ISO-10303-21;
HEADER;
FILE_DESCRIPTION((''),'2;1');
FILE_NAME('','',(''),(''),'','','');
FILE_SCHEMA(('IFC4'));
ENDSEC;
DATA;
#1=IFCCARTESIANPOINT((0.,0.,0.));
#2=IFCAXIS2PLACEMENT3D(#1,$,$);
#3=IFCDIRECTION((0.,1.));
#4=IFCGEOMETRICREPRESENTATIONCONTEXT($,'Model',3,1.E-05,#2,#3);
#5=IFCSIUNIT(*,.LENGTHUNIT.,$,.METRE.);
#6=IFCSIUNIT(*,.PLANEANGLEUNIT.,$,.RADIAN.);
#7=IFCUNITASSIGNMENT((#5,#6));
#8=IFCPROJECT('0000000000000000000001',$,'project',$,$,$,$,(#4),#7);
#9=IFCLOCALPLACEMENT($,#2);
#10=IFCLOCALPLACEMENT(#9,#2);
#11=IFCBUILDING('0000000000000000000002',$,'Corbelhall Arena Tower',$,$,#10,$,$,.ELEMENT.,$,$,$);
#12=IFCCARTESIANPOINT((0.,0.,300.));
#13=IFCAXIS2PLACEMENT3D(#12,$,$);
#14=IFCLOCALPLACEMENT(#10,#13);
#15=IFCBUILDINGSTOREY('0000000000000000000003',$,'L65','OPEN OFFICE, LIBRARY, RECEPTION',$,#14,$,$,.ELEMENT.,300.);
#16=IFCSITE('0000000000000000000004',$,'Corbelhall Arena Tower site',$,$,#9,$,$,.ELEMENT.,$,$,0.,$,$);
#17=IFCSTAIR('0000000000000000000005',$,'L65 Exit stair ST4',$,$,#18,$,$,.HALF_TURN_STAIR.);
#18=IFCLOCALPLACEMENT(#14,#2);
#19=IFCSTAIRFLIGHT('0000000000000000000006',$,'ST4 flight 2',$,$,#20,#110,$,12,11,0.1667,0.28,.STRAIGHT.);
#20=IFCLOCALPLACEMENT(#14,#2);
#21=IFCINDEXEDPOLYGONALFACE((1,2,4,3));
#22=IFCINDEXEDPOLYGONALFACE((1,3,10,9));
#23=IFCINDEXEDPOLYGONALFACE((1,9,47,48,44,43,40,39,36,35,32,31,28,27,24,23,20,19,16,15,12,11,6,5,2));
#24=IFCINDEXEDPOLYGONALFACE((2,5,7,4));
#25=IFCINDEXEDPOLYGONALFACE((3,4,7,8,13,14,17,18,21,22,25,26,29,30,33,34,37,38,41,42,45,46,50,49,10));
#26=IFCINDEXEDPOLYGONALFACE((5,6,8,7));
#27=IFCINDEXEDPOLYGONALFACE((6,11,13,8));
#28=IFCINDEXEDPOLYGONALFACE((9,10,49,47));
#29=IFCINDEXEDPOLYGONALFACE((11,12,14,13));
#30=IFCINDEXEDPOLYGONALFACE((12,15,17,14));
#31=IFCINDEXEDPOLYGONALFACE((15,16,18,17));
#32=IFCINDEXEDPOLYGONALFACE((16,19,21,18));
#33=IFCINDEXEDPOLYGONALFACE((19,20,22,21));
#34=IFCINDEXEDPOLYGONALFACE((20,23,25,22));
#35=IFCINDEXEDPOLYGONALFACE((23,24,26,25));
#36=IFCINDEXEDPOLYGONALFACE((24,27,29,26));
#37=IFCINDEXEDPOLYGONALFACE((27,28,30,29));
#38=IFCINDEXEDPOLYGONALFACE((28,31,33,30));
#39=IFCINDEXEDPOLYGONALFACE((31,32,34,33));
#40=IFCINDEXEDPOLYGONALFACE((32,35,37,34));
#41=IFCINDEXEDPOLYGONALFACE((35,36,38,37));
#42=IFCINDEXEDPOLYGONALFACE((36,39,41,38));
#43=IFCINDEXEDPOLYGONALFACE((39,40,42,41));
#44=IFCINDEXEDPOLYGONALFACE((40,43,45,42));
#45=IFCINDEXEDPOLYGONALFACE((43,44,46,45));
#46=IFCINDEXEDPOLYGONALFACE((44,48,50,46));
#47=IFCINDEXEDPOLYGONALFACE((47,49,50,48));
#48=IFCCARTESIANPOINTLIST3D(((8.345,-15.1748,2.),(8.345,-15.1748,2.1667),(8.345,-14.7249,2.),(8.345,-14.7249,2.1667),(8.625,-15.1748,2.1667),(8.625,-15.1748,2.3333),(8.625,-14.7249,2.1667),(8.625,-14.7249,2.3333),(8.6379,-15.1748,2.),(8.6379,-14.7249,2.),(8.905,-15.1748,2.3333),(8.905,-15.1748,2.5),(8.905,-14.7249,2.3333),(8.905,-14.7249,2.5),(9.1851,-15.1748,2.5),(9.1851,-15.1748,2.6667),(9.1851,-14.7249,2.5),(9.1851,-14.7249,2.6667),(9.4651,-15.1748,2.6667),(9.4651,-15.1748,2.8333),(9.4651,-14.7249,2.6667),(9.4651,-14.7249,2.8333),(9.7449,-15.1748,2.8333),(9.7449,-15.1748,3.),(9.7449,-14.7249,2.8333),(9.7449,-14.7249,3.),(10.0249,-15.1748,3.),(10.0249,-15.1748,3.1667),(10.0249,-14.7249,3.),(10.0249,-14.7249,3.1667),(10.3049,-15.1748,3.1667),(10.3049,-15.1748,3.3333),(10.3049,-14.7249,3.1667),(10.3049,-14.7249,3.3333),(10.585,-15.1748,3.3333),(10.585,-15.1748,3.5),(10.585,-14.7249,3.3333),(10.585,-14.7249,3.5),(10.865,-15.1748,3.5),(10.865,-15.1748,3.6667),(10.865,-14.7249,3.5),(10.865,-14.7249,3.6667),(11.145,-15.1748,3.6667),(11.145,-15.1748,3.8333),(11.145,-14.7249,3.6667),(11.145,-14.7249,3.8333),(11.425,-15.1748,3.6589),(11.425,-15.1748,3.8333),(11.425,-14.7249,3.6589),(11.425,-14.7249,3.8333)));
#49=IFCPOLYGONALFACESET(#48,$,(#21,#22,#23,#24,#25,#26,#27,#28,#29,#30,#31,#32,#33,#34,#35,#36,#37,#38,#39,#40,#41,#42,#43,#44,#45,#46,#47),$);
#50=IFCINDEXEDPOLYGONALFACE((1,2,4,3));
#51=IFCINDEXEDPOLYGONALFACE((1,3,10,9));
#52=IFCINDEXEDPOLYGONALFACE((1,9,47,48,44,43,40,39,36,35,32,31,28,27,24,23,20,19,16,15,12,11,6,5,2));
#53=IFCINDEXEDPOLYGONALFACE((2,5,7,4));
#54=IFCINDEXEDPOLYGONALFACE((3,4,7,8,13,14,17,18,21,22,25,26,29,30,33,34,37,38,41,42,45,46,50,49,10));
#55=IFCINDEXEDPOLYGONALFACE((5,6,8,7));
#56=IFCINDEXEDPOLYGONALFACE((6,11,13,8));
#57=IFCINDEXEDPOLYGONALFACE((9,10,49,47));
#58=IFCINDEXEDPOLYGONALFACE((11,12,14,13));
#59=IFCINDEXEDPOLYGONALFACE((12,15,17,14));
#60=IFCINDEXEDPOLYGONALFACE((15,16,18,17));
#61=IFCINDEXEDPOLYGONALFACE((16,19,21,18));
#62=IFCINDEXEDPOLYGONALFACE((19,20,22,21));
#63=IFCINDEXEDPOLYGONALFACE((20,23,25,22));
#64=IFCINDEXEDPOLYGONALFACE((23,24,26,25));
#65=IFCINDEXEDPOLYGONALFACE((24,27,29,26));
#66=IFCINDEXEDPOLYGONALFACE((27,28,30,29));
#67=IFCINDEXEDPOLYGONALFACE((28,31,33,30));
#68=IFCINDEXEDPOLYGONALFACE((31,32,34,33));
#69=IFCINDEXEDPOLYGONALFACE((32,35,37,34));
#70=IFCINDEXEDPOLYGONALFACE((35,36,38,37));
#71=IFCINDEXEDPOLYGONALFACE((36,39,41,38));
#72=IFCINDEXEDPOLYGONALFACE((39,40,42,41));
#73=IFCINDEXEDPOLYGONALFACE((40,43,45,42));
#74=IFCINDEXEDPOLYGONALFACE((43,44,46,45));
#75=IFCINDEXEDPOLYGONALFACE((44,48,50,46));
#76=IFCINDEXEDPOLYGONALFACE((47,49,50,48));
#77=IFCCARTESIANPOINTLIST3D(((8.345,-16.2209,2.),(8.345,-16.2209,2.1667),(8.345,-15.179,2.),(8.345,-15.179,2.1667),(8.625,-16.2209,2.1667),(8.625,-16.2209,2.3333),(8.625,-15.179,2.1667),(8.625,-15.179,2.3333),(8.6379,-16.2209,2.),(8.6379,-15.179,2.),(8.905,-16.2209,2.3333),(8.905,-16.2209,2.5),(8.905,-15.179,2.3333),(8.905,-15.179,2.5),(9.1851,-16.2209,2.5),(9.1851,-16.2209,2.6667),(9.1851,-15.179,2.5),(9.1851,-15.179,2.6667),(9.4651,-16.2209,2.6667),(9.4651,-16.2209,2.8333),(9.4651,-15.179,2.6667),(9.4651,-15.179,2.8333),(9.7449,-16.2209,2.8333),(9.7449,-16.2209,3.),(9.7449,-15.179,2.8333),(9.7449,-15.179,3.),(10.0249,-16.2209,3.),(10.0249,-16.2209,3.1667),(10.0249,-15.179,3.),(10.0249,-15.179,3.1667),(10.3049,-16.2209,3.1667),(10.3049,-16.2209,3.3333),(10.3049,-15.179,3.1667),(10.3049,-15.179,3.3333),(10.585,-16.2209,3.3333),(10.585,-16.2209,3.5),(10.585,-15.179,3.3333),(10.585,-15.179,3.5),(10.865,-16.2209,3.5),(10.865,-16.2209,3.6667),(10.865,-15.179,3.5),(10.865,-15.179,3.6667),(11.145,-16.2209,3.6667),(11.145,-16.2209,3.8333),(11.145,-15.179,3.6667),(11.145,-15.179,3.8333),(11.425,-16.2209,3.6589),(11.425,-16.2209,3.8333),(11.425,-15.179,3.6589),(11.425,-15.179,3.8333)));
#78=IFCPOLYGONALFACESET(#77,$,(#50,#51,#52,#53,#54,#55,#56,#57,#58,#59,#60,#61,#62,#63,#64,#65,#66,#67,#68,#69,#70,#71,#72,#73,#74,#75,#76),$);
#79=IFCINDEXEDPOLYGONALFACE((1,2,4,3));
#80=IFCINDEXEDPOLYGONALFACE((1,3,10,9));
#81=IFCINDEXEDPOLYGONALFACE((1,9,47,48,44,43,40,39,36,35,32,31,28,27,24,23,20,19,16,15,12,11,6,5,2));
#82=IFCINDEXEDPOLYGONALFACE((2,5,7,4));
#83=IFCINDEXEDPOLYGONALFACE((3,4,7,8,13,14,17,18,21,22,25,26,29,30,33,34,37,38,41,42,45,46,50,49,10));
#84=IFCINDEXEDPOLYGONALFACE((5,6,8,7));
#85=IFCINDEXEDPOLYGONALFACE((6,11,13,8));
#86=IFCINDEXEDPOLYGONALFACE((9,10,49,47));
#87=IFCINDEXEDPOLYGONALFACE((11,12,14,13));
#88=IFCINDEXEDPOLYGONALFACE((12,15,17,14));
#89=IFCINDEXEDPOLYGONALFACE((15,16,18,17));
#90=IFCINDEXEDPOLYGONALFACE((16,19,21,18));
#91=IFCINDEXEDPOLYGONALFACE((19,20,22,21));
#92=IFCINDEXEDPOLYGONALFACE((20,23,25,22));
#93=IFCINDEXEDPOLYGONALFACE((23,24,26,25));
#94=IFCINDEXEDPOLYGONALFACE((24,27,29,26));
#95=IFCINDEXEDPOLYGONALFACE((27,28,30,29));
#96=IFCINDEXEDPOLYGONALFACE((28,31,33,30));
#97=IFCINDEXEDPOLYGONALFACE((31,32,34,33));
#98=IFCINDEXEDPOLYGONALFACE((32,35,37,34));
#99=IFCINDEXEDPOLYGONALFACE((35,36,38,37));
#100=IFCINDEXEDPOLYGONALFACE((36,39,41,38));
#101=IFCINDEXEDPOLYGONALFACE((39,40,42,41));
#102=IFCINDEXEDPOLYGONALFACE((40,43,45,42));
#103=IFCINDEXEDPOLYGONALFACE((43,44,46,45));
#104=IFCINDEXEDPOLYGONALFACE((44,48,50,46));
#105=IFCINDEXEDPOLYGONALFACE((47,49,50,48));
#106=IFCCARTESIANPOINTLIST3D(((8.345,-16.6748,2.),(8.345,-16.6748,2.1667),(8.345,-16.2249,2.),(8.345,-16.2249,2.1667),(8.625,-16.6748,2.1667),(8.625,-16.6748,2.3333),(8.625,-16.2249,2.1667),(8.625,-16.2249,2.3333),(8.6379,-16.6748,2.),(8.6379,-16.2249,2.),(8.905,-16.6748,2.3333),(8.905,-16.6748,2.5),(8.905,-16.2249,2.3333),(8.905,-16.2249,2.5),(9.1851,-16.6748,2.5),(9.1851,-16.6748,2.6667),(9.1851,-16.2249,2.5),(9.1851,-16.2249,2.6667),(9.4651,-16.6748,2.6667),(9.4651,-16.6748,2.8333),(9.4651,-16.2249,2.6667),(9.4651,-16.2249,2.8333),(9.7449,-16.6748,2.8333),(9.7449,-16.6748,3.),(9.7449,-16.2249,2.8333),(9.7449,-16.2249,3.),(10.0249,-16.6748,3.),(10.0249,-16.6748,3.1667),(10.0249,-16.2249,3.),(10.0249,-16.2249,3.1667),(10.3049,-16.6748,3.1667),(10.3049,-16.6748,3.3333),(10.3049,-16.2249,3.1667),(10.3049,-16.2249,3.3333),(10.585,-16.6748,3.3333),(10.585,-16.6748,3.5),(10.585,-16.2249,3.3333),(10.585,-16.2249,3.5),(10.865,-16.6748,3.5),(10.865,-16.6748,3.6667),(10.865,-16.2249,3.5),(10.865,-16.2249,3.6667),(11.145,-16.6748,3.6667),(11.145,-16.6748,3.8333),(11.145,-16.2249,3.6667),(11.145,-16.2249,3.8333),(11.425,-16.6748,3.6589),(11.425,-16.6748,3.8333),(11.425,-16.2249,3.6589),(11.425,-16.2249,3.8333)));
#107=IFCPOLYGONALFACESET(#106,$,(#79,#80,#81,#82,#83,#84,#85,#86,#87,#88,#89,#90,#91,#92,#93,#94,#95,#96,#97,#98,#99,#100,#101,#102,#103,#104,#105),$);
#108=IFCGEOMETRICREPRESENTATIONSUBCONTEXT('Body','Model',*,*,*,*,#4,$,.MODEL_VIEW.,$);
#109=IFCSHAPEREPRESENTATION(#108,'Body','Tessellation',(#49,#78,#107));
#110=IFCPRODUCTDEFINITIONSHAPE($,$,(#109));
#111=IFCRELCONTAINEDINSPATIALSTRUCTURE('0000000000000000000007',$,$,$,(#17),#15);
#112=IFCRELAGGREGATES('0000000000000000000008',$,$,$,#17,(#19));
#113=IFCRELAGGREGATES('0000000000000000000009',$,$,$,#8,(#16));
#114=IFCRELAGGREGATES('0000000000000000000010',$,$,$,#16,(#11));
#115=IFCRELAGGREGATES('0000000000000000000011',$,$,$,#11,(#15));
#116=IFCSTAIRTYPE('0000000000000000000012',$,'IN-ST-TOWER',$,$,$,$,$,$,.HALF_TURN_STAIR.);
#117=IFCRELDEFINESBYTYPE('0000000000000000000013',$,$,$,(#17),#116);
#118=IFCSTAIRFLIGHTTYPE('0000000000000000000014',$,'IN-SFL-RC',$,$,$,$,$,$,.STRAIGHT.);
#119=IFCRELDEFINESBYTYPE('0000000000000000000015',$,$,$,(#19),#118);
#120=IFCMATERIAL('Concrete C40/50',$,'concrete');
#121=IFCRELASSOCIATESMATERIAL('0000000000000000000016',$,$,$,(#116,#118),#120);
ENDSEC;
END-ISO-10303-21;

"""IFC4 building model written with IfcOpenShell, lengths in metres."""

from ifc_helpers import new_model, si_unit, direction, frame, origin, place, context, subcontext, project, spatial, polyline, outline, extrude, material, type_object, element, aggregate, save


model = new_model("IFC4")

# Units and contexts
model_context = context("Model", 3, precision=1e-05, world=origin(), true_north=direction((0.0, 1.0)))
body_context = subcontext(model_context, "Body", "Model", "MODEL_VIEW")
ifc_project = project(units=[si_unit("LENGTHUNIT", "METRE"), si_unit("PLANEANGLEUNIT", "RADIAN")], contexts=[model_context])

# Site, building, storey
site_placement = place(None, origin())
site = spatial("IfcSite", under=ifc_project, at=site_placement, Name="Corbelhall Arena Tower site", CompositionType="ELEMENT", RefElevation=0.0)
building_placement = place(site_placement, origin())
building = spatial("IfcBuilding", under=site, at=building_placement, Name="Corbelhall Arena Tower", CompositionType="ELEMENT")
storey_placement = place(building_placement, frame((0.0, 0.0, 300.0)))
storey = spatial("IfcBuildingStorey", under=building, at=storey_placement, Name="L65", Description="OPEN OFFICE, LIBRARY, RECEPTION", CompositionType="ELEMENT", Elevation=300.0)

# Shared definitions
ifc_material_1 = material(Name="Concrete C40/50", Category="concrete")

# Stair, stair flight
stair_type = type_object("IfcStairType", Name="IN-ST-TOWER", PredefinedType="HALF_TURN_STAIR", material=ifc_material_1)
stair_placement = place(storey_placement, origin())
stair = element("IfcStair", 1, at=stair_placement, inside=storey, type_object=stair_type, Name="L65 Exit stair ST4", PredefinedType="HALF_TURN_STAIR")
stair_flight_type = type_object("IfcStairFlightType", Name="IN-SFL-RC", PredefinedType="STRAIGHT", material=ifc_material_1)
stair_flight_placement = place(storey_placement, frame((8.345, -15.7, 2.0), z_axis=(0.0, 0.0, 1.0), x_axis=(1.0, 0.0, 0.0)))
stair_flight = element("IfcStairFlight", 2, at=stair_flight_placement, type_object=stair_flight_type, Name="ST4 flight 2", NumberOfRisers=12, NumberOfTreads=11, PredefinedType="STRAIGHT", RiserHeight=0.1667, TreadLength=0.28, context=body_context, shape_type="SweptSolid", body=[
    extrude(outline(polyline([(0.0, 0.0), (0.0, 0.1667), (0.28, 0.1667), (0.28, 0.3333), (0.5601, 0.3333), (0.5601, 0.5), (0.8401, 0.5), (0.8401, 0.6667), (1.1201, 0.6667), (1.1201, 0.8333), (1.3999, 0.8333), (1.3999, 1.0), (1.6799, 1.0), (1.6799, 1.1667), (1.96, 1.1667), (1.96, 1.3333), (2.24, 1.3333), (2.24, 1.5), (2.52, 1.5), (2.52, 1.6667), (2.8, 1.6667), (2.8, 1.8333), (3.0801, 1.8333), (3.0801, 2.0), (3.0801, 1.6589), (0.293, 0.0), (0.0, 0.0)])), frame((0.0, 0.9751, 0.0), z_axis=(0.0, -1.0, 0.0), x_axis=(1.0, 0.0, 0.0)), (0.0, 0.0, 1.0), 0.45),
    extrude(outline(polyline([(0.0, 0.0), (0.0, 0.1667), (0.28, 0.1667), (0.28, 0.3333), (0.5601, 0.3333), (0.5601, 0.5), (0.8401, 0.5), (0.8401, 0.6667), (1.1201, 0.6667), (1.1201, 0.8333), (1.3999, 0.8333), (1.3999, 1.0), (1.6799, 1.0), (1.6799, 1.1667), (1.96, 1.1667), (1.96, 1.3333), (2.24, 1.3333), (2.24, 1.5), (2.52, 1.5), (2.52, 1.6667), (2.8, 1.6667), (2.8, 1.8333), (3.0801, 1.8333), (3.0801, 2.0), (3.0801, 1.6589), (0.293, 0.0), (0.0, 0.0)])), frame((0.0, 0.521, 0.0), z_axis=(0.0, -1.0, 0.0), x_axis=(1.0, 0.0, 0.0)), (0.0, 0.0, 1.0), 1.042),
    extrude(outline(polyline([(0.0, 0.0), (0.0, 0.1667), (0.28, 0.1667), (0.28, 0.3333), (0.5601, 0.3333), (0.5601, 0.5), (0.8401, 0.5), (0.8401, 0.6667), (1.1201, 0.6667), (1.1201, 0.8333), (1.3999, 0.8333), (1.3999, 1.0), (1.6799, 1.0), (1.6799, 1.1667), (1.96, 1.1667), (1.96, 1.3333), (2.24, 1.3333), (2.24, 1.5), (2.52, 1.5), (2.52, 1.6667), (2.8, 1.6667), (2.8, 1.8333), (3.0801, 1.8333), (3.0801, 2.0), (3.0801, 1.6589), (0.293, 0.0), (0.0, 0.0)])), frame((0.0, -0.5249, 0.0), z_axis=(0.0, -1.0, 0.0), x_axis=(1.0, 0.0, 0.0)), (0.0, 0.0, 1.0), 0.45),
])
aggregate(stair, [stair_flight])

save(model, "model.ifc")
